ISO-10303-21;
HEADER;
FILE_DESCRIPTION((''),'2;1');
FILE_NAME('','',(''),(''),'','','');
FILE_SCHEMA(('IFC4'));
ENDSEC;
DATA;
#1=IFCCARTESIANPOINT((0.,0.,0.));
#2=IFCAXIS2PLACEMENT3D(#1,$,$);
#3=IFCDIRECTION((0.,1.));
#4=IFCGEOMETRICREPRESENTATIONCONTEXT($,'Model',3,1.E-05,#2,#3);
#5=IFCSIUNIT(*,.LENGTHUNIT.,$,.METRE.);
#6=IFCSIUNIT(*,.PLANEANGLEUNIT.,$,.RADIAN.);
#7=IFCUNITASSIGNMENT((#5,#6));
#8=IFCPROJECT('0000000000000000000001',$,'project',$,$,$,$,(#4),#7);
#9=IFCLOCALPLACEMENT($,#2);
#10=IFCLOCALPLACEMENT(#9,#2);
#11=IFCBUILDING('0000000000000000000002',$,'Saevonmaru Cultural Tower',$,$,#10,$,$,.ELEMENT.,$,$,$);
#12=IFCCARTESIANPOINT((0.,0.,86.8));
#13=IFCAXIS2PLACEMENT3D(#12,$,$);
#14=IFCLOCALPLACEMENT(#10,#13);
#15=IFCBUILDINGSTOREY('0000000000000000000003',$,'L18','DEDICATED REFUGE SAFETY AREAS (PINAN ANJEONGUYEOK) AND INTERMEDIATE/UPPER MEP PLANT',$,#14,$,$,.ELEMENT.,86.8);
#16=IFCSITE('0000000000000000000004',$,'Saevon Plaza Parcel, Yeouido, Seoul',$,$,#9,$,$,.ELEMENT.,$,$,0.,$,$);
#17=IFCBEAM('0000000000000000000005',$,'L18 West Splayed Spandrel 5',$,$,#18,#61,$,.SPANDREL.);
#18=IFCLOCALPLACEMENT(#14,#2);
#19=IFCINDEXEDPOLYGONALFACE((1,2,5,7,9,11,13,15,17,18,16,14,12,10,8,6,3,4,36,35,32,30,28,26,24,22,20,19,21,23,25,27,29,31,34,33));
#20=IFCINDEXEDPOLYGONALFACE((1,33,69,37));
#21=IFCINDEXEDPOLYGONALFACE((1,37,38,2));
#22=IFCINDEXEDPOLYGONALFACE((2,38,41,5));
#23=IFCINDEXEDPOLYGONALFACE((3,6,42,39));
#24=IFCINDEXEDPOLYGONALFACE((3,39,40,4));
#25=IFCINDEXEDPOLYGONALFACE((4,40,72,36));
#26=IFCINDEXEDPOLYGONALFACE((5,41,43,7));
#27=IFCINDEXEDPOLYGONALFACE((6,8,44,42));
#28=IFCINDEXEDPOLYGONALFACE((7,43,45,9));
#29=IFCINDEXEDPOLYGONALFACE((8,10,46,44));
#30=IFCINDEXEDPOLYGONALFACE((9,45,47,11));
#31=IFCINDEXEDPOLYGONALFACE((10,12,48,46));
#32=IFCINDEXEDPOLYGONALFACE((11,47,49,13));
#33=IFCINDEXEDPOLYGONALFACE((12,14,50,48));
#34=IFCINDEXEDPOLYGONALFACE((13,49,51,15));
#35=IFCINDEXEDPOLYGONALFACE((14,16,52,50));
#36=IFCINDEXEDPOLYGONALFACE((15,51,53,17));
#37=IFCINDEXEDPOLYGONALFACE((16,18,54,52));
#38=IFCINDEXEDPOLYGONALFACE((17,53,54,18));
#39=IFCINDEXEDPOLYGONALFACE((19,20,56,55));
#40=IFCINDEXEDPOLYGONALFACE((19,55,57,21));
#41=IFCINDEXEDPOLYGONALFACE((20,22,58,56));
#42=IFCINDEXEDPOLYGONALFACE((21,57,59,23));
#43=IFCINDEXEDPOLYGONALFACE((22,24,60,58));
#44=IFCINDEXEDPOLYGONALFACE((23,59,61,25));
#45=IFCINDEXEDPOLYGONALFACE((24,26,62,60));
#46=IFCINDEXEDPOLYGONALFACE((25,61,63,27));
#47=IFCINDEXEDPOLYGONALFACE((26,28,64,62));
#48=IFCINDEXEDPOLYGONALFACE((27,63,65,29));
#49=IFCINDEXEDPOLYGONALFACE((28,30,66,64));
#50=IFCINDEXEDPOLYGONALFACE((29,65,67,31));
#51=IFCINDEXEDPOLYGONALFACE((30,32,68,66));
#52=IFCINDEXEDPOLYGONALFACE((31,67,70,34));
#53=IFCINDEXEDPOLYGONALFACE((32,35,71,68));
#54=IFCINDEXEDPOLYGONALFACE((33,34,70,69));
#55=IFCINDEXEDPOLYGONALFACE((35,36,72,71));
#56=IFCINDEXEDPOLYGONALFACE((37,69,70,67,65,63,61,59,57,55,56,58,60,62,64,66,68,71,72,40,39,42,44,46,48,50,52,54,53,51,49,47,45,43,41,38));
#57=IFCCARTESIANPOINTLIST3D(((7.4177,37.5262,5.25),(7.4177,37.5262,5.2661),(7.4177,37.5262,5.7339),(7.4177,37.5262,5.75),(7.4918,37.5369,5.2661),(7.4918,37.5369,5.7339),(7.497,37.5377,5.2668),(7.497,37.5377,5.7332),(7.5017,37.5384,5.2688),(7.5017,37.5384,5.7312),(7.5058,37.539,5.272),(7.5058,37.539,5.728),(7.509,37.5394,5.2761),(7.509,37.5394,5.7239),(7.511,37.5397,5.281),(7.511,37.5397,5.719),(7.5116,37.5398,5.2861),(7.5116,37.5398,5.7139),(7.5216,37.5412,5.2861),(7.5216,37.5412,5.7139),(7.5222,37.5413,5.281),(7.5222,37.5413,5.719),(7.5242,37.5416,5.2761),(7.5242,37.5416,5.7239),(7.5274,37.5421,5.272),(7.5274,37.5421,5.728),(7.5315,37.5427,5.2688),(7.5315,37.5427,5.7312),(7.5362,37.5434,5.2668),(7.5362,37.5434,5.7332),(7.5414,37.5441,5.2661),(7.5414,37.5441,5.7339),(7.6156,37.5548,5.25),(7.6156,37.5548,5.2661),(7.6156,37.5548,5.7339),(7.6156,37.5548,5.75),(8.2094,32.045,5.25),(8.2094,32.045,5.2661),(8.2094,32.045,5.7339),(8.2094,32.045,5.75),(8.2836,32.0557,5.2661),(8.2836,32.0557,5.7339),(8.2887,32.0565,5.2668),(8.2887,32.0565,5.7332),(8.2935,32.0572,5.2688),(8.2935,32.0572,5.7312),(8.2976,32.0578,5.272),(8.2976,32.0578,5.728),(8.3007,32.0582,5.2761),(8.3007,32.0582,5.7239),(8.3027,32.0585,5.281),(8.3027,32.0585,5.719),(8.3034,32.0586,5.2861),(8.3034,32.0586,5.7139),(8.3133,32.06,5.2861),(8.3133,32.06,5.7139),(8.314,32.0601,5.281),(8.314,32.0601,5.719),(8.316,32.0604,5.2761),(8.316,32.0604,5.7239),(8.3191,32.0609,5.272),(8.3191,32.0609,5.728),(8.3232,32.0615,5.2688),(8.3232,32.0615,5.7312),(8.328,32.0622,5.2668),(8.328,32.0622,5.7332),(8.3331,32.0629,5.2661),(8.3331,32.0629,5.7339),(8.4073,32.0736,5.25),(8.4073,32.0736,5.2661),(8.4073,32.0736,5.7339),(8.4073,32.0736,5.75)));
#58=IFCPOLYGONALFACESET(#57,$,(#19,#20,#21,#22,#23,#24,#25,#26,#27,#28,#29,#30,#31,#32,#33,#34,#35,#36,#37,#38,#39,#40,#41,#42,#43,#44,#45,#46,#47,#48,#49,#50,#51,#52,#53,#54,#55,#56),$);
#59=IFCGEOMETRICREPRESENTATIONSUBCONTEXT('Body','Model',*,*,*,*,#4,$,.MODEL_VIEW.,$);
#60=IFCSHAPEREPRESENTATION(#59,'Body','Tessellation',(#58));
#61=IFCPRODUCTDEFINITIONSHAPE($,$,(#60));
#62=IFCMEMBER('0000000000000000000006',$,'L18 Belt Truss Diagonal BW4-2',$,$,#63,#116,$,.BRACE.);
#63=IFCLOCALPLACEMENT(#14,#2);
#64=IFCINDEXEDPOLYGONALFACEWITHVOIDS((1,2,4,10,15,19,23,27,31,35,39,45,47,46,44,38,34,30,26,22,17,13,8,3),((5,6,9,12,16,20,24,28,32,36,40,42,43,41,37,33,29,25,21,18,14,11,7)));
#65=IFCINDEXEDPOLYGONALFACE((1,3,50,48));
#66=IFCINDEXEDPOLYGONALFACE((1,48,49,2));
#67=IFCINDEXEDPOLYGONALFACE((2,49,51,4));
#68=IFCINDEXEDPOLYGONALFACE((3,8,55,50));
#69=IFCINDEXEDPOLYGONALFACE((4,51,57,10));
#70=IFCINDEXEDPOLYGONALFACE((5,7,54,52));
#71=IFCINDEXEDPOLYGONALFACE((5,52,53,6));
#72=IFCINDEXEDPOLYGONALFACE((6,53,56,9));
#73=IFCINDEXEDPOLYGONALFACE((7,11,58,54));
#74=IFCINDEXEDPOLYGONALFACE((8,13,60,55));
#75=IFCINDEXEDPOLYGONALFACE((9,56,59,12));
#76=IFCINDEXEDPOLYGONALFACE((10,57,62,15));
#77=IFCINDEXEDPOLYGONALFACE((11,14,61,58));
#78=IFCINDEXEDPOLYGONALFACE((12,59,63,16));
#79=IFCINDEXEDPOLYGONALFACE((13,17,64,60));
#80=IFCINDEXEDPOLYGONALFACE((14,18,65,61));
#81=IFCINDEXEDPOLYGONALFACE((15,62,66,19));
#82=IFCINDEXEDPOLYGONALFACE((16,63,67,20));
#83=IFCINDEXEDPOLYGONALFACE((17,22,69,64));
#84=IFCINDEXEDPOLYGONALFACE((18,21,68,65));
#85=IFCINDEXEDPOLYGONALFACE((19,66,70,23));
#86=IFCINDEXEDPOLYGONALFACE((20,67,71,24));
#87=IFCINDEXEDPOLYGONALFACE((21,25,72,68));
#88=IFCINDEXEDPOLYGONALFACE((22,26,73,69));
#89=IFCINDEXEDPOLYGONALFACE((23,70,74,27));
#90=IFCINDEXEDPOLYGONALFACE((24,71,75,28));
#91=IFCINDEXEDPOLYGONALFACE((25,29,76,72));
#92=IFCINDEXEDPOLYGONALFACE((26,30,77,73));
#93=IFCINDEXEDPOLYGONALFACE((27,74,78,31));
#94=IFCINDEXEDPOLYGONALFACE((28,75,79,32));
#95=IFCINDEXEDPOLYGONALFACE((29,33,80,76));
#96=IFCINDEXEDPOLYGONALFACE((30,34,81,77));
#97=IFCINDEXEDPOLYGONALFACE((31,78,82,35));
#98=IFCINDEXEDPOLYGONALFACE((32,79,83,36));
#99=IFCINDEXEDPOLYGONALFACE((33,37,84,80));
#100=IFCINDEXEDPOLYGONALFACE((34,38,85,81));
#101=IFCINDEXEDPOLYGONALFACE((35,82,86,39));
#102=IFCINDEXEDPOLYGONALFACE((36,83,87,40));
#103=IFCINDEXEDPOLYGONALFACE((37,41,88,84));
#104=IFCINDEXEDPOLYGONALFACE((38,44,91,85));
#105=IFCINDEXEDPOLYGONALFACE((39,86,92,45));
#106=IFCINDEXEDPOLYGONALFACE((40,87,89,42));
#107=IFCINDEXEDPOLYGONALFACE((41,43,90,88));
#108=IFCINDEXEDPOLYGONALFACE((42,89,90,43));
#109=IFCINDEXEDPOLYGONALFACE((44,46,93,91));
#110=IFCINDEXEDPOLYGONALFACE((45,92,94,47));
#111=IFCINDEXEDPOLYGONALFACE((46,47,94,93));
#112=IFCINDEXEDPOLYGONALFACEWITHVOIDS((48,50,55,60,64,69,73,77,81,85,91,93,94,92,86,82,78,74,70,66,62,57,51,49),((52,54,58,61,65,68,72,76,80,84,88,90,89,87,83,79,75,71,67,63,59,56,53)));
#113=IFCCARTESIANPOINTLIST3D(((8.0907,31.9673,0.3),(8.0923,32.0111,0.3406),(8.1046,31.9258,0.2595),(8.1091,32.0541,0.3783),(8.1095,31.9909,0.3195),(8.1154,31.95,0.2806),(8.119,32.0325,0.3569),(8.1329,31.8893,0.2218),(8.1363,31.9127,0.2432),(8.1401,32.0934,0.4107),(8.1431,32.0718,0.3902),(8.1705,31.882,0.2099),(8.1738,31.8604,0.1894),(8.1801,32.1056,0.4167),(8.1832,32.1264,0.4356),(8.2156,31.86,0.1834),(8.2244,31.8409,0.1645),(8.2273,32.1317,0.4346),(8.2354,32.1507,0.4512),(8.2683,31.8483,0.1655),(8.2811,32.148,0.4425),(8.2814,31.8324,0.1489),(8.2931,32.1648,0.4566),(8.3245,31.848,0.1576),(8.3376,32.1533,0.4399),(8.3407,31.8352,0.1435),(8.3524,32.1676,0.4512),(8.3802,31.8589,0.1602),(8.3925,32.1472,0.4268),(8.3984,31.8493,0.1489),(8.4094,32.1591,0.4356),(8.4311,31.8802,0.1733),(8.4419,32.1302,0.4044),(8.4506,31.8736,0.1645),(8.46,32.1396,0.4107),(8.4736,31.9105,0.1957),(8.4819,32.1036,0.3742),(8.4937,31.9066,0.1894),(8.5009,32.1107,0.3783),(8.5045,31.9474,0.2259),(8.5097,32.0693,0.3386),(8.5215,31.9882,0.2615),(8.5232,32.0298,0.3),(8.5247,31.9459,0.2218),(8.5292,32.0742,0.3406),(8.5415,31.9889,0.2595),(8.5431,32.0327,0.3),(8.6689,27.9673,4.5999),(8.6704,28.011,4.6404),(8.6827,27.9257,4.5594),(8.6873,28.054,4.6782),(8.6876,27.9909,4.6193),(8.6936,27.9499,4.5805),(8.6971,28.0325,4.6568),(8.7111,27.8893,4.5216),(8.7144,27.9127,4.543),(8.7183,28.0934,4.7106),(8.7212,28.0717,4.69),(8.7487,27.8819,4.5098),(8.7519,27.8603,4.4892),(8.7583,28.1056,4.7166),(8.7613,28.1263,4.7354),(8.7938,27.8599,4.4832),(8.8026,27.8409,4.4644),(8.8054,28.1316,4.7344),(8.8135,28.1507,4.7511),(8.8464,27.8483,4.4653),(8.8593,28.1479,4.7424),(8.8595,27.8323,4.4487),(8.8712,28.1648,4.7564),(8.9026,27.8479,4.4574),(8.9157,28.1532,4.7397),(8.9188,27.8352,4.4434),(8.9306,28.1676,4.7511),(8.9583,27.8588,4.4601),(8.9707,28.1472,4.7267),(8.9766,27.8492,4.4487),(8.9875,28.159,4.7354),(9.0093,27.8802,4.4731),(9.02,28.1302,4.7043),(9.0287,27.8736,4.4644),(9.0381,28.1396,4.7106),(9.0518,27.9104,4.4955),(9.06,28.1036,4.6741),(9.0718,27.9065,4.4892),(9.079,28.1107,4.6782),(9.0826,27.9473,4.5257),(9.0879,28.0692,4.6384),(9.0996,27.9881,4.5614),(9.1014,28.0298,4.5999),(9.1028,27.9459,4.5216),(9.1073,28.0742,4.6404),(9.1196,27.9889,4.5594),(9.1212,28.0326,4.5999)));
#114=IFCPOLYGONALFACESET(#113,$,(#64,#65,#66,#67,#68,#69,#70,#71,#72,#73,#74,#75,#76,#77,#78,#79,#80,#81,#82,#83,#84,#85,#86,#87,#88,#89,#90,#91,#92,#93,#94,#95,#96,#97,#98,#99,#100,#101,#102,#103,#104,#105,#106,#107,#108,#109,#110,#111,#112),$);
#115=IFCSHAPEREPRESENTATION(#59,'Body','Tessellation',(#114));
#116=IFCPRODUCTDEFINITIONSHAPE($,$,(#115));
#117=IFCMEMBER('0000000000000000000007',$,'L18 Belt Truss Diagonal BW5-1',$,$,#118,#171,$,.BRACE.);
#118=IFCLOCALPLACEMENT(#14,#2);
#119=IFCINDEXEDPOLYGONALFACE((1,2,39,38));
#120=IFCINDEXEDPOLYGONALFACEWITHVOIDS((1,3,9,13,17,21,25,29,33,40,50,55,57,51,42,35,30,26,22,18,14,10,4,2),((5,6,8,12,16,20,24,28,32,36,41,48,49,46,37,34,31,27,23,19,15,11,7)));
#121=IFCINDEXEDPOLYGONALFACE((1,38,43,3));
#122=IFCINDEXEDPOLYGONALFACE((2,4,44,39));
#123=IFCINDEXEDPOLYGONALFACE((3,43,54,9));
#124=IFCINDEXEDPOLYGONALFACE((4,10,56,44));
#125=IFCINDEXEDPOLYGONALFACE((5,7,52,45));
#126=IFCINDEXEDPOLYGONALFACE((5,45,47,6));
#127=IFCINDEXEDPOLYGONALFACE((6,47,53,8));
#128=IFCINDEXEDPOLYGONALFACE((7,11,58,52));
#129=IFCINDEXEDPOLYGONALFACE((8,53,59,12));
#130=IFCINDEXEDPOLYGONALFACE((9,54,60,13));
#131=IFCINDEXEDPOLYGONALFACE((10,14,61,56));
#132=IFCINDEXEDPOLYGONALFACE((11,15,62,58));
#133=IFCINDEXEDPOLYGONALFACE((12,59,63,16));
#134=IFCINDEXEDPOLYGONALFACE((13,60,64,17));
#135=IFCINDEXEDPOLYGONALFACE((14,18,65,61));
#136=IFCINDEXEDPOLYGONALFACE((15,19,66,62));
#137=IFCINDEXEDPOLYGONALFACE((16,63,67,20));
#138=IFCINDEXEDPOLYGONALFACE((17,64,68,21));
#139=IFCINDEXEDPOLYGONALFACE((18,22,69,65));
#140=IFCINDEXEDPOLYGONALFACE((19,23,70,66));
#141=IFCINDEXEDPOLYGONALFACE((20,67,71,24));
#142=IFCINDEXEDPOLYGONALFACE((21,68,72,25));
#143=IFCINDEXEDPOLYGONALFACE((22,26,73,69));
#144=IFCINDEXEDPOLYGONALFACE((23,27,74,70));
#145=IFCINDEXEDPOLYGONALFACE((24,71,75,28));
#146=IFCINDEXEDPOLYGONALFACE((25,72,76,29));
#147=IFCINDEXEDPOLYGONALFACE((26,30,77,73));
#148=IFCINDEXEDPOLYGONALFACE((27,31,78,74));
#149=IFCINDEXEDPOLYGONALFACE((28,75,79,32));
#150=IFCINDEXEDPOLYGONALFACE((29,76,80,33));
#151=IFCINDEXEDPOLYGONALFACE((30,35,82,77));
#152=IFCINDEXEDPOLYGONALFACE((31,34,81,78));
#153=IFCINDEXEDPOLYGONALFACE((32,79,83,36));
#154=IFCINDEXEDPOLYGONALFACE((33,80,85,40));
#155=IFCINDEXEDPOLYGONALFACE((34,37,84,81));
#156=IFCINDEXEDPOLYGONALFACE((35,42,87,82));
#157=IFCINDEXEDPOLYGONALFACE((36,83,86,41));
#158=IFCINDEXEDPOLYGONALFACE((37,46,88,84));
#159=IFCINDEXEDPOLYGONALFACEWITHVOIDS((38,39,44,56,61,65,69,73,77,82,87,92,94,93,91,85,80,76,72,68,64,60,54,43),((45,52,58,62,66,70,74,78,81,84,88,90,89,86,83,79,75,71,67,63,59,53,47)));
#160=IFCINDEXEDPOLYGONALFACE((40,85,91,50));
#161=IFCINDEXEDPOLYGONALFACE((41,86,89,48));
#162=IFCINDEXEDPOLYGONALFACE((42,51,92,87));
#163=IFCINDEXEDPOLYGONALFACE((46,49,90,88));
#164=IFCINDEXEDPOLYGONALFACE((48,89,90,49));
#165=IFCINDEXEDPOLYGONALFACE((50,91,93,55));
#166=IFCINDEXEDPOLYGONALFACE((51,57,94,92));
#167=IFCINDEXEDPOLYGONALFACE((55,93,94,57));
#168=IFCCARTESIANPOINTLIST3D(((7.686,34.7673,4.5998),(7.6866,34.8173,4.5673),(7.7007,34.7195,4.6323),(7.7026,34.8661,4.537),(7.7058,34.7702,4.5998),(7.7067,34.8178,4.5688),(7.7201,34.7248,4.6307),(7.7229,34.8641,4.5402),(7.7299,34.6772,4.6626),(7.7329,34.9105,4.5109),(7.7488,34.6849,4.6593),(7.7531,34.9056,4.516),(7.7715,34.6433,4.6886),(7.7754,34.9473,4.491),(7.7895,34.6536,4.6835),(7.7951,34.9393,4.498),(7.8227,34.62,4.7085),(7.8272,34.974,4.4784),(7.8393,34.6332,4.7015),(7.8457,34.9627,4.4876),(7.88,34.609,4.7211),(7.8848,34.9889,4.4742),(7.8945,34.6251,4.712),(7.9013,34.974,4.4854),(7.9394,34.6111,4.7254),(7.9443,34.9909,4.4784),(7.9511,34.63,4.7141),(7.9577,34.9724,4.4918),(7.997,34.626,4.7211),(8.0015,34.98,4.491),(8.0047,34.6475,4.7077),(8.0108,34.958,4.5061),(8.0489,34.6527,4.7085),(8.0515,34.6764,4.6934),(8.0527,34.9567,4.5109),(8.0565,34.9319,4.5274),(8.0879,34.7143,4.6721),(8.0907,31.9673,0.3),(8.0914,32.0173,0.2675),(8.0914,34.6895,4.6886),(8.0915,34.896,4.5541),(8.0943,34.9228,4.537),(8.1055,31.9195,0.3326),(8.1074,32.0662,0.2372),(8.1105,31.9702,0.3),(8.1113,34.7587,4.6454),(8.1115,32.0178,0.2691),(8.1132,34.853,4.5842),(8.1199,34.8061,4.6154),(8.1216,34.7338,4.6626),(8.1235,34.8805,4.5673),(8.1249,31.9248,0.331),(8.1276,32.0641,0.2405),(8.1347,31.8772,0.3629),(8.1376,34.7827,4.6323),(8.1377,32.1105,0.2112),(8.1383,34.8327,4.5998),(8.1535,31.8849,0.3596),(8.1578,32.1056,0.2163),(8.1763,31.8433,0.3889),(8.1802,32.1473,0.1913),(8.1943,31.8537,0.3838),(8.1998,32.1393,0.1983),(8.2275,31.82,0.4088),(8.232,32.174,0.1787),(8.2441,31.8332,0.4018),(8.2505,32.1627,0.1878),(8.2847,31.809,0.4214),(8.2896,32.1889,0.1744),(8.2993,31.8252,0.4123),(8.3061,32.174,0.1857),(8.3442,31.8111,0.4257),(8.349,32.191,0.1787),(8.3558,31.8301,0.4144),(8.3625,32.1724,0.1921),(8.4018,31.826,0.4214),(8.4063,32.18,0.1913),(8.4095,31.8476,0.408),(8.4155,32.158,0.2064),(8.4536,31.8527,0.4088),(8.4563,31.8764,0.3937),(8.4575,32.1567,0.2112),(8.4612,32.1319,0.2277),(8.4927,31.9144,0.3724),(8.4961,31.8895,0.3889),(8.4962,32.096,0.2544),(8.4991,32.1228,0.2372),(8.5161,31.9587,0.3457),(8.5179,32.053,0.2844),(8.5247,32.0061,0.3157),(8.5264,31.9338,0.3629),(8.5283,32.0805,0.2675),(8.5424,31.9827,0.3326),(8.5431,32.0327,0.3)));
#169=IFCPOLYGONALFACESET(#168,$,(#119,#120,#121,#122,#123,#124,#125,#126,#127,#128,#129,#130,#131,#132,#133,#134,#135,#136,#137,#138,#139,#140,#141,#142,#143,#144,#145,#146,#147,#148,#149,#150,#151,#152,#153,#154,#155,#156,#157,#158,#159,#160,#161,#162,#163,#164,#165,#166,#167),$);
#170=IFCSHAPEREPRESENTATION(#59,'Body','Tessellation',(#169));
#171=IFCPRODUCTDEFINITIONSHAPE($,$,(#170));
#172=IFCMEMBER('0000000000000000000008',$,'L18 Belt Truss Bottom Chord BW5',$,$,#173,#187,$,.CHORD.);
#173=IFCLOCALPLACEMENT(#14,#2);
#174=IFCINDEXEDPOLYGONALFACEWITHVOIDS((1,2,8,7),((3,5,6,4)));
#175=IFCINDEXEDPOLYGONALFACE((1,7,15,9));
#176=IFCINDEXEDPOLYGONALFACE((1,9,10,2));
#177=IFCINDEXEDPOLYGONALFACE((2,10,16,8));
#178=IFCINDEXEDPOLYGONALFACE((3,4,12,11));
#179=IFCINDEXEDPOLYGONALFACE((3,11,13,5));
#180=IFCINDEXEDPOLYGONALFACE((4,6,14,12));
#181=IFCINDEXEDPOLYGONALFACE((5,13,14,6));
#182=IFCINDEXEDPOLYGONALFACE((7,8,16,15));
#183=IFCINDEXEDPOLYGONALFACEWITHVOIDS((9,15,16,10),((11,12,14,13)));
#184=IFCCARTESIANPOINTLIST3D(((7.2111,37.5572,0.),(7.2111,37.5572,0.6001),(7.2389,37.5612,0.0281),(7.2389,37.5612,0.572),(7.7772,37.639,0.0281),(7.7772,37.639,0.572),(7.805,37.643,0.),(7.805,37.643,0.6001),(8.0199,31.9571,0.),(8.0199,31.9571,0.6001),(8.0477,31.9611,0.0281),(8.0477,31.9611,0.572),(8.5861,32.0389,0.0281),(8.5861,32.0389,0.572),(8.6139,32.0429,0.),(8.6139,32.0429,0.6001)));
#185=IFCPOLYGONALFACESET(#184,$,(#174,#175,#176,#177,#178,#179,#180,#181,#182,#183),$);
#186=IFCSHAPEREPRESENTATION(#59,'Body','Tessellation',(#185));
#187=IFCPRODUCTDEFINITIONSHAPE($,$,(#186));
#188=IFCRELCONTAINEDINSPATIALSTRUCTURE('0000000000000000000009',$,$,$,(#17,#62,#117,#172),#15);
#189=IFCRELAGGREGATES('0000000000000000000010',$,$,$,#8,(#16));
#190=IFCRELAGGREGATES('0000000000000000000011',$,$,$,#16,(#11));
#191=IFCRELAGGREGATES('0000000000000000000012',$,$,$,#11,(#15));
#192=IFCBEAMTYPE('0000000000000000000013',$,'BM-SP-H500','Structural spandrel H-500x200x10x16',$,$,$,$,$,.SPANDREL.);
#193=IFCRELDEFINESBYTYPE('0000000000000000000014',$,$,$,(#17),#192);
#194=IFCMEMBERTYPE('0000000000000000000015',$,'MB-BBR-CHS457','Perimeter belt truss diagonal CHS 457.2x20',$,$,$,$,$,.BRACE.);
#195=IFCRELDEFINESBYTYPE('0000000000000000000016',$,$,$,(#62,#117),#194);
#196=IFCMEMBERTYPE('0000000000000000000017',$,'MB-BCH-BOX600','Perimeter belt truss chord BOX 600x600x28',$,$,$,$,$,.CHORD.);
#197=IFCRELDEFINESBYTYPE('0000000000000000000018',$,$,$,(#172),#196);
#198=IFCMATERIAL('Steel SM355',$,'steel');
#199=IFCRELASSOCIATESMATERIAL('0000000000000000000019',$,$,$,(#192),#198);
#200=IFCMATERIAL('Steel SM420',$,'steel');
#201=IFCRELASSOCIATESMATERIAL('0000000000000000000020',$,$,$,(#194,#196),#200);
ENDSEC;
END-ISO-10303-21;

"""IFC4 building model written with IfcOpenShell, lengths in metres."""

from ifc_helpers import new_model, si_unit, direction, frame, origin, origin_2d, place, context, subcontext, project, spatial, hollow_rectangle, hollow_circle, i_section, extrude, material, material_profile, profile_set, type_object, element, save


model = new_model("IFC4")

# Units and contexts
model_context = context("Model", 3, precision=1e-05, world=origin(), true_north=direction((0.0, 1.0)))
body_context = subcontext(model_context, "Body", "Model", "MODEL_VIEW")
ifc_project = project(units=[si_unit("LENGTHUNIT", "METRE"), si_unit("PLANEANGLEUNIT", "RADIAN")], contexts=[model_context])

# Site, building, storey
site_placement = place(None, origin())
site = spatial("IfcSite", under=ifc_project, at=site_placement, Name="Saevon Plaza Parcel, Yeouido, Seoul", CompositionType="ELEMENT", RefElevation=0.0)
building_placement = place(site_placement, origin())
building = spatial("IfcBuilding", under=site, at=building_placement, Name="Saevonmaru Cultural Tower", CompositionType="ELEMENT")
storey_placement = place(building_placement, frame((0.0, 0.0, 86.8)))
storey = spatial("IfcBuildingStorey", under=building, at=storey_placement, Name="L18", Description="DEDICATED REFUGE SAFETY AREAS (PINAN ANJEONGUYEOK) AND INTERMEDIATE/UPPER MEP PLANT", CompositionType="ELEMENT", Elevation=86.8)

# Shared definitions
ifc_material_1 = material(Name="Steel SM420", Category="steel")

# Beam
ifc_material_2 = material(Name="Steel SM355", Category="steel")
ifc_material_profile_1 = material_profile(ifc_material_2, i_section(OverallWidth=0.2, OverallDepth=0.5, WebThickness=0.01, FlangeThickness=0.0161, FilletRadius=0.02, at=origin_2d()), Name="H-500x200x10x16")
ifc_profile_set_1 = profile_set([ifc_material_profile_1], Name="Steel SM355")
beam_type_1 = type_object("IfcBeamType", Name="BM-SP-H500", Description="Structural spandrel H-500x200x10x16", PredefinedType="SPANDREL", material=ifc_profile_set_1)
beam_1_placement = place(storey_placement, frame((8.3083, 32.0593, 5.5), z_axis=(-0.142964, 0.989728, 0.0), x_axis=(-0.989728, -0.142964, 0.0)))
element("IfcBeam", 1, at=beam_1_placement, inside=storey, type_object=beam_type_1, Name="L18 West Splayed Spandrel 5", PredefinedType="SPANDREL", context=body_context, shape_type="SweptSolid", body=[
    extrude(i_section(OverallWidth=0.2, OverallDepth=0.5, WebThickness=0.01, FlangeThickness=0.0161, FilletRadius=0.02, at=origin_2d()), origin(), (0.0, 0.0, 1.0), 5.5381),
])

# Members
ifc_material_profile_2 = material_profile(ifc_material_1, hollow_circle(Radius=0.2285, WallThickness=0.02, at=origin_2d()), Name="CHS-457.2x20")
ifc_profile_set_2 = profile_set([ifc_material_profile_2], Name="Steel SM420")
member_type_1 = type_object("IfcMemberType", Name="MB-BBR-CHS457", Description="Perimeter belt truss diagonal CHS 457.2x20", PredefinedType="BRACE", material=ifc_profile_set_2)
member_1_placement = place(storey_placement, frame((8.3169, 32.0, 0.3), z_axis=(0.09797, -0.677844, 0.728649), x_axis=(0.989716, 0.143045, 0.0)))
element("IfcMember", 2, at=member_1_placement, inside=storey, type_object=member_type_1, Name="L18 Belt Truss Diagonal BW4-2", PredefinedType="BRACE", context=body_context, shape_type="SweptSolid", body=[
    extrude(hollow_circle(Radius=0.2285, WallThickness=0.02, at=origin_2d()), origin(), (0.0, 0.0, 1.0), 5.9011),
])
member_2_placement = place(storey_placement, frame((8.3169, 32.0, 0.3), z_axis=(-0.078644, 0.544007, 0.835387), x_axis=(-0.989712, -0.143076, 0.0)))
element("IfcMember", 3, at=member_2_placement, inside=storey, type_object=member_type_1, Name="L18 Belt Truss Diagonal BW5-1", PredefinedType="BRACE", context=body_context, shape_type="SweptSolid", body=[
    extrude(hollow_circle(Radius=0.2285, WallThickness=0.02, at=origin_2d()), origin(), (0.0, 0.0, 1.0), 5.147),
])
ifc_material_profile_3 = material_profile(ifc_material_1, hollow_rectangle(XDim=0.6001, YDim=0.6001, WallThickness=0.0281, at=origin_2d()), Name="BOX-600x600x28")
ifc_profile_set_3 = profile_set([ifc_material_profile_3], Name="Steel SM420")
member_type_2 = type_object("IfcMemberType", Name="MB-BCH-BOX600", Description="Perimeter belt truss chord BOX 600x600x28", PredefinedType="CHORD", material=ifc_profile_set_3)
for number, where, z_axis, x_axis, name in (
    (4, (8.3169, 32.0, 0.3), (-0.142949, 0.98973, 0.0), (-0.98973, -0.142949, 0.0), "L18 Belt Truss Bottom Chord BW5"),
):
    element("IfcMember", number, at=place(storey_placement, frame(where, z_axis=z_axis, x_axis=x_axis)), inside=storey, type_object=member_type_2, Name=name, PredefinedType="CHORD", context=body_context, shape_type="SweptSolid", body=[
        extrude(hollow_rectangle(XDim=0.6001, YDim=0.6001, WallThickness=0.0281, at=origin_2d()), origin(), (0.0, 0.0, 1.0), 5.6582),
    ])

save(model, "model.ifc")
